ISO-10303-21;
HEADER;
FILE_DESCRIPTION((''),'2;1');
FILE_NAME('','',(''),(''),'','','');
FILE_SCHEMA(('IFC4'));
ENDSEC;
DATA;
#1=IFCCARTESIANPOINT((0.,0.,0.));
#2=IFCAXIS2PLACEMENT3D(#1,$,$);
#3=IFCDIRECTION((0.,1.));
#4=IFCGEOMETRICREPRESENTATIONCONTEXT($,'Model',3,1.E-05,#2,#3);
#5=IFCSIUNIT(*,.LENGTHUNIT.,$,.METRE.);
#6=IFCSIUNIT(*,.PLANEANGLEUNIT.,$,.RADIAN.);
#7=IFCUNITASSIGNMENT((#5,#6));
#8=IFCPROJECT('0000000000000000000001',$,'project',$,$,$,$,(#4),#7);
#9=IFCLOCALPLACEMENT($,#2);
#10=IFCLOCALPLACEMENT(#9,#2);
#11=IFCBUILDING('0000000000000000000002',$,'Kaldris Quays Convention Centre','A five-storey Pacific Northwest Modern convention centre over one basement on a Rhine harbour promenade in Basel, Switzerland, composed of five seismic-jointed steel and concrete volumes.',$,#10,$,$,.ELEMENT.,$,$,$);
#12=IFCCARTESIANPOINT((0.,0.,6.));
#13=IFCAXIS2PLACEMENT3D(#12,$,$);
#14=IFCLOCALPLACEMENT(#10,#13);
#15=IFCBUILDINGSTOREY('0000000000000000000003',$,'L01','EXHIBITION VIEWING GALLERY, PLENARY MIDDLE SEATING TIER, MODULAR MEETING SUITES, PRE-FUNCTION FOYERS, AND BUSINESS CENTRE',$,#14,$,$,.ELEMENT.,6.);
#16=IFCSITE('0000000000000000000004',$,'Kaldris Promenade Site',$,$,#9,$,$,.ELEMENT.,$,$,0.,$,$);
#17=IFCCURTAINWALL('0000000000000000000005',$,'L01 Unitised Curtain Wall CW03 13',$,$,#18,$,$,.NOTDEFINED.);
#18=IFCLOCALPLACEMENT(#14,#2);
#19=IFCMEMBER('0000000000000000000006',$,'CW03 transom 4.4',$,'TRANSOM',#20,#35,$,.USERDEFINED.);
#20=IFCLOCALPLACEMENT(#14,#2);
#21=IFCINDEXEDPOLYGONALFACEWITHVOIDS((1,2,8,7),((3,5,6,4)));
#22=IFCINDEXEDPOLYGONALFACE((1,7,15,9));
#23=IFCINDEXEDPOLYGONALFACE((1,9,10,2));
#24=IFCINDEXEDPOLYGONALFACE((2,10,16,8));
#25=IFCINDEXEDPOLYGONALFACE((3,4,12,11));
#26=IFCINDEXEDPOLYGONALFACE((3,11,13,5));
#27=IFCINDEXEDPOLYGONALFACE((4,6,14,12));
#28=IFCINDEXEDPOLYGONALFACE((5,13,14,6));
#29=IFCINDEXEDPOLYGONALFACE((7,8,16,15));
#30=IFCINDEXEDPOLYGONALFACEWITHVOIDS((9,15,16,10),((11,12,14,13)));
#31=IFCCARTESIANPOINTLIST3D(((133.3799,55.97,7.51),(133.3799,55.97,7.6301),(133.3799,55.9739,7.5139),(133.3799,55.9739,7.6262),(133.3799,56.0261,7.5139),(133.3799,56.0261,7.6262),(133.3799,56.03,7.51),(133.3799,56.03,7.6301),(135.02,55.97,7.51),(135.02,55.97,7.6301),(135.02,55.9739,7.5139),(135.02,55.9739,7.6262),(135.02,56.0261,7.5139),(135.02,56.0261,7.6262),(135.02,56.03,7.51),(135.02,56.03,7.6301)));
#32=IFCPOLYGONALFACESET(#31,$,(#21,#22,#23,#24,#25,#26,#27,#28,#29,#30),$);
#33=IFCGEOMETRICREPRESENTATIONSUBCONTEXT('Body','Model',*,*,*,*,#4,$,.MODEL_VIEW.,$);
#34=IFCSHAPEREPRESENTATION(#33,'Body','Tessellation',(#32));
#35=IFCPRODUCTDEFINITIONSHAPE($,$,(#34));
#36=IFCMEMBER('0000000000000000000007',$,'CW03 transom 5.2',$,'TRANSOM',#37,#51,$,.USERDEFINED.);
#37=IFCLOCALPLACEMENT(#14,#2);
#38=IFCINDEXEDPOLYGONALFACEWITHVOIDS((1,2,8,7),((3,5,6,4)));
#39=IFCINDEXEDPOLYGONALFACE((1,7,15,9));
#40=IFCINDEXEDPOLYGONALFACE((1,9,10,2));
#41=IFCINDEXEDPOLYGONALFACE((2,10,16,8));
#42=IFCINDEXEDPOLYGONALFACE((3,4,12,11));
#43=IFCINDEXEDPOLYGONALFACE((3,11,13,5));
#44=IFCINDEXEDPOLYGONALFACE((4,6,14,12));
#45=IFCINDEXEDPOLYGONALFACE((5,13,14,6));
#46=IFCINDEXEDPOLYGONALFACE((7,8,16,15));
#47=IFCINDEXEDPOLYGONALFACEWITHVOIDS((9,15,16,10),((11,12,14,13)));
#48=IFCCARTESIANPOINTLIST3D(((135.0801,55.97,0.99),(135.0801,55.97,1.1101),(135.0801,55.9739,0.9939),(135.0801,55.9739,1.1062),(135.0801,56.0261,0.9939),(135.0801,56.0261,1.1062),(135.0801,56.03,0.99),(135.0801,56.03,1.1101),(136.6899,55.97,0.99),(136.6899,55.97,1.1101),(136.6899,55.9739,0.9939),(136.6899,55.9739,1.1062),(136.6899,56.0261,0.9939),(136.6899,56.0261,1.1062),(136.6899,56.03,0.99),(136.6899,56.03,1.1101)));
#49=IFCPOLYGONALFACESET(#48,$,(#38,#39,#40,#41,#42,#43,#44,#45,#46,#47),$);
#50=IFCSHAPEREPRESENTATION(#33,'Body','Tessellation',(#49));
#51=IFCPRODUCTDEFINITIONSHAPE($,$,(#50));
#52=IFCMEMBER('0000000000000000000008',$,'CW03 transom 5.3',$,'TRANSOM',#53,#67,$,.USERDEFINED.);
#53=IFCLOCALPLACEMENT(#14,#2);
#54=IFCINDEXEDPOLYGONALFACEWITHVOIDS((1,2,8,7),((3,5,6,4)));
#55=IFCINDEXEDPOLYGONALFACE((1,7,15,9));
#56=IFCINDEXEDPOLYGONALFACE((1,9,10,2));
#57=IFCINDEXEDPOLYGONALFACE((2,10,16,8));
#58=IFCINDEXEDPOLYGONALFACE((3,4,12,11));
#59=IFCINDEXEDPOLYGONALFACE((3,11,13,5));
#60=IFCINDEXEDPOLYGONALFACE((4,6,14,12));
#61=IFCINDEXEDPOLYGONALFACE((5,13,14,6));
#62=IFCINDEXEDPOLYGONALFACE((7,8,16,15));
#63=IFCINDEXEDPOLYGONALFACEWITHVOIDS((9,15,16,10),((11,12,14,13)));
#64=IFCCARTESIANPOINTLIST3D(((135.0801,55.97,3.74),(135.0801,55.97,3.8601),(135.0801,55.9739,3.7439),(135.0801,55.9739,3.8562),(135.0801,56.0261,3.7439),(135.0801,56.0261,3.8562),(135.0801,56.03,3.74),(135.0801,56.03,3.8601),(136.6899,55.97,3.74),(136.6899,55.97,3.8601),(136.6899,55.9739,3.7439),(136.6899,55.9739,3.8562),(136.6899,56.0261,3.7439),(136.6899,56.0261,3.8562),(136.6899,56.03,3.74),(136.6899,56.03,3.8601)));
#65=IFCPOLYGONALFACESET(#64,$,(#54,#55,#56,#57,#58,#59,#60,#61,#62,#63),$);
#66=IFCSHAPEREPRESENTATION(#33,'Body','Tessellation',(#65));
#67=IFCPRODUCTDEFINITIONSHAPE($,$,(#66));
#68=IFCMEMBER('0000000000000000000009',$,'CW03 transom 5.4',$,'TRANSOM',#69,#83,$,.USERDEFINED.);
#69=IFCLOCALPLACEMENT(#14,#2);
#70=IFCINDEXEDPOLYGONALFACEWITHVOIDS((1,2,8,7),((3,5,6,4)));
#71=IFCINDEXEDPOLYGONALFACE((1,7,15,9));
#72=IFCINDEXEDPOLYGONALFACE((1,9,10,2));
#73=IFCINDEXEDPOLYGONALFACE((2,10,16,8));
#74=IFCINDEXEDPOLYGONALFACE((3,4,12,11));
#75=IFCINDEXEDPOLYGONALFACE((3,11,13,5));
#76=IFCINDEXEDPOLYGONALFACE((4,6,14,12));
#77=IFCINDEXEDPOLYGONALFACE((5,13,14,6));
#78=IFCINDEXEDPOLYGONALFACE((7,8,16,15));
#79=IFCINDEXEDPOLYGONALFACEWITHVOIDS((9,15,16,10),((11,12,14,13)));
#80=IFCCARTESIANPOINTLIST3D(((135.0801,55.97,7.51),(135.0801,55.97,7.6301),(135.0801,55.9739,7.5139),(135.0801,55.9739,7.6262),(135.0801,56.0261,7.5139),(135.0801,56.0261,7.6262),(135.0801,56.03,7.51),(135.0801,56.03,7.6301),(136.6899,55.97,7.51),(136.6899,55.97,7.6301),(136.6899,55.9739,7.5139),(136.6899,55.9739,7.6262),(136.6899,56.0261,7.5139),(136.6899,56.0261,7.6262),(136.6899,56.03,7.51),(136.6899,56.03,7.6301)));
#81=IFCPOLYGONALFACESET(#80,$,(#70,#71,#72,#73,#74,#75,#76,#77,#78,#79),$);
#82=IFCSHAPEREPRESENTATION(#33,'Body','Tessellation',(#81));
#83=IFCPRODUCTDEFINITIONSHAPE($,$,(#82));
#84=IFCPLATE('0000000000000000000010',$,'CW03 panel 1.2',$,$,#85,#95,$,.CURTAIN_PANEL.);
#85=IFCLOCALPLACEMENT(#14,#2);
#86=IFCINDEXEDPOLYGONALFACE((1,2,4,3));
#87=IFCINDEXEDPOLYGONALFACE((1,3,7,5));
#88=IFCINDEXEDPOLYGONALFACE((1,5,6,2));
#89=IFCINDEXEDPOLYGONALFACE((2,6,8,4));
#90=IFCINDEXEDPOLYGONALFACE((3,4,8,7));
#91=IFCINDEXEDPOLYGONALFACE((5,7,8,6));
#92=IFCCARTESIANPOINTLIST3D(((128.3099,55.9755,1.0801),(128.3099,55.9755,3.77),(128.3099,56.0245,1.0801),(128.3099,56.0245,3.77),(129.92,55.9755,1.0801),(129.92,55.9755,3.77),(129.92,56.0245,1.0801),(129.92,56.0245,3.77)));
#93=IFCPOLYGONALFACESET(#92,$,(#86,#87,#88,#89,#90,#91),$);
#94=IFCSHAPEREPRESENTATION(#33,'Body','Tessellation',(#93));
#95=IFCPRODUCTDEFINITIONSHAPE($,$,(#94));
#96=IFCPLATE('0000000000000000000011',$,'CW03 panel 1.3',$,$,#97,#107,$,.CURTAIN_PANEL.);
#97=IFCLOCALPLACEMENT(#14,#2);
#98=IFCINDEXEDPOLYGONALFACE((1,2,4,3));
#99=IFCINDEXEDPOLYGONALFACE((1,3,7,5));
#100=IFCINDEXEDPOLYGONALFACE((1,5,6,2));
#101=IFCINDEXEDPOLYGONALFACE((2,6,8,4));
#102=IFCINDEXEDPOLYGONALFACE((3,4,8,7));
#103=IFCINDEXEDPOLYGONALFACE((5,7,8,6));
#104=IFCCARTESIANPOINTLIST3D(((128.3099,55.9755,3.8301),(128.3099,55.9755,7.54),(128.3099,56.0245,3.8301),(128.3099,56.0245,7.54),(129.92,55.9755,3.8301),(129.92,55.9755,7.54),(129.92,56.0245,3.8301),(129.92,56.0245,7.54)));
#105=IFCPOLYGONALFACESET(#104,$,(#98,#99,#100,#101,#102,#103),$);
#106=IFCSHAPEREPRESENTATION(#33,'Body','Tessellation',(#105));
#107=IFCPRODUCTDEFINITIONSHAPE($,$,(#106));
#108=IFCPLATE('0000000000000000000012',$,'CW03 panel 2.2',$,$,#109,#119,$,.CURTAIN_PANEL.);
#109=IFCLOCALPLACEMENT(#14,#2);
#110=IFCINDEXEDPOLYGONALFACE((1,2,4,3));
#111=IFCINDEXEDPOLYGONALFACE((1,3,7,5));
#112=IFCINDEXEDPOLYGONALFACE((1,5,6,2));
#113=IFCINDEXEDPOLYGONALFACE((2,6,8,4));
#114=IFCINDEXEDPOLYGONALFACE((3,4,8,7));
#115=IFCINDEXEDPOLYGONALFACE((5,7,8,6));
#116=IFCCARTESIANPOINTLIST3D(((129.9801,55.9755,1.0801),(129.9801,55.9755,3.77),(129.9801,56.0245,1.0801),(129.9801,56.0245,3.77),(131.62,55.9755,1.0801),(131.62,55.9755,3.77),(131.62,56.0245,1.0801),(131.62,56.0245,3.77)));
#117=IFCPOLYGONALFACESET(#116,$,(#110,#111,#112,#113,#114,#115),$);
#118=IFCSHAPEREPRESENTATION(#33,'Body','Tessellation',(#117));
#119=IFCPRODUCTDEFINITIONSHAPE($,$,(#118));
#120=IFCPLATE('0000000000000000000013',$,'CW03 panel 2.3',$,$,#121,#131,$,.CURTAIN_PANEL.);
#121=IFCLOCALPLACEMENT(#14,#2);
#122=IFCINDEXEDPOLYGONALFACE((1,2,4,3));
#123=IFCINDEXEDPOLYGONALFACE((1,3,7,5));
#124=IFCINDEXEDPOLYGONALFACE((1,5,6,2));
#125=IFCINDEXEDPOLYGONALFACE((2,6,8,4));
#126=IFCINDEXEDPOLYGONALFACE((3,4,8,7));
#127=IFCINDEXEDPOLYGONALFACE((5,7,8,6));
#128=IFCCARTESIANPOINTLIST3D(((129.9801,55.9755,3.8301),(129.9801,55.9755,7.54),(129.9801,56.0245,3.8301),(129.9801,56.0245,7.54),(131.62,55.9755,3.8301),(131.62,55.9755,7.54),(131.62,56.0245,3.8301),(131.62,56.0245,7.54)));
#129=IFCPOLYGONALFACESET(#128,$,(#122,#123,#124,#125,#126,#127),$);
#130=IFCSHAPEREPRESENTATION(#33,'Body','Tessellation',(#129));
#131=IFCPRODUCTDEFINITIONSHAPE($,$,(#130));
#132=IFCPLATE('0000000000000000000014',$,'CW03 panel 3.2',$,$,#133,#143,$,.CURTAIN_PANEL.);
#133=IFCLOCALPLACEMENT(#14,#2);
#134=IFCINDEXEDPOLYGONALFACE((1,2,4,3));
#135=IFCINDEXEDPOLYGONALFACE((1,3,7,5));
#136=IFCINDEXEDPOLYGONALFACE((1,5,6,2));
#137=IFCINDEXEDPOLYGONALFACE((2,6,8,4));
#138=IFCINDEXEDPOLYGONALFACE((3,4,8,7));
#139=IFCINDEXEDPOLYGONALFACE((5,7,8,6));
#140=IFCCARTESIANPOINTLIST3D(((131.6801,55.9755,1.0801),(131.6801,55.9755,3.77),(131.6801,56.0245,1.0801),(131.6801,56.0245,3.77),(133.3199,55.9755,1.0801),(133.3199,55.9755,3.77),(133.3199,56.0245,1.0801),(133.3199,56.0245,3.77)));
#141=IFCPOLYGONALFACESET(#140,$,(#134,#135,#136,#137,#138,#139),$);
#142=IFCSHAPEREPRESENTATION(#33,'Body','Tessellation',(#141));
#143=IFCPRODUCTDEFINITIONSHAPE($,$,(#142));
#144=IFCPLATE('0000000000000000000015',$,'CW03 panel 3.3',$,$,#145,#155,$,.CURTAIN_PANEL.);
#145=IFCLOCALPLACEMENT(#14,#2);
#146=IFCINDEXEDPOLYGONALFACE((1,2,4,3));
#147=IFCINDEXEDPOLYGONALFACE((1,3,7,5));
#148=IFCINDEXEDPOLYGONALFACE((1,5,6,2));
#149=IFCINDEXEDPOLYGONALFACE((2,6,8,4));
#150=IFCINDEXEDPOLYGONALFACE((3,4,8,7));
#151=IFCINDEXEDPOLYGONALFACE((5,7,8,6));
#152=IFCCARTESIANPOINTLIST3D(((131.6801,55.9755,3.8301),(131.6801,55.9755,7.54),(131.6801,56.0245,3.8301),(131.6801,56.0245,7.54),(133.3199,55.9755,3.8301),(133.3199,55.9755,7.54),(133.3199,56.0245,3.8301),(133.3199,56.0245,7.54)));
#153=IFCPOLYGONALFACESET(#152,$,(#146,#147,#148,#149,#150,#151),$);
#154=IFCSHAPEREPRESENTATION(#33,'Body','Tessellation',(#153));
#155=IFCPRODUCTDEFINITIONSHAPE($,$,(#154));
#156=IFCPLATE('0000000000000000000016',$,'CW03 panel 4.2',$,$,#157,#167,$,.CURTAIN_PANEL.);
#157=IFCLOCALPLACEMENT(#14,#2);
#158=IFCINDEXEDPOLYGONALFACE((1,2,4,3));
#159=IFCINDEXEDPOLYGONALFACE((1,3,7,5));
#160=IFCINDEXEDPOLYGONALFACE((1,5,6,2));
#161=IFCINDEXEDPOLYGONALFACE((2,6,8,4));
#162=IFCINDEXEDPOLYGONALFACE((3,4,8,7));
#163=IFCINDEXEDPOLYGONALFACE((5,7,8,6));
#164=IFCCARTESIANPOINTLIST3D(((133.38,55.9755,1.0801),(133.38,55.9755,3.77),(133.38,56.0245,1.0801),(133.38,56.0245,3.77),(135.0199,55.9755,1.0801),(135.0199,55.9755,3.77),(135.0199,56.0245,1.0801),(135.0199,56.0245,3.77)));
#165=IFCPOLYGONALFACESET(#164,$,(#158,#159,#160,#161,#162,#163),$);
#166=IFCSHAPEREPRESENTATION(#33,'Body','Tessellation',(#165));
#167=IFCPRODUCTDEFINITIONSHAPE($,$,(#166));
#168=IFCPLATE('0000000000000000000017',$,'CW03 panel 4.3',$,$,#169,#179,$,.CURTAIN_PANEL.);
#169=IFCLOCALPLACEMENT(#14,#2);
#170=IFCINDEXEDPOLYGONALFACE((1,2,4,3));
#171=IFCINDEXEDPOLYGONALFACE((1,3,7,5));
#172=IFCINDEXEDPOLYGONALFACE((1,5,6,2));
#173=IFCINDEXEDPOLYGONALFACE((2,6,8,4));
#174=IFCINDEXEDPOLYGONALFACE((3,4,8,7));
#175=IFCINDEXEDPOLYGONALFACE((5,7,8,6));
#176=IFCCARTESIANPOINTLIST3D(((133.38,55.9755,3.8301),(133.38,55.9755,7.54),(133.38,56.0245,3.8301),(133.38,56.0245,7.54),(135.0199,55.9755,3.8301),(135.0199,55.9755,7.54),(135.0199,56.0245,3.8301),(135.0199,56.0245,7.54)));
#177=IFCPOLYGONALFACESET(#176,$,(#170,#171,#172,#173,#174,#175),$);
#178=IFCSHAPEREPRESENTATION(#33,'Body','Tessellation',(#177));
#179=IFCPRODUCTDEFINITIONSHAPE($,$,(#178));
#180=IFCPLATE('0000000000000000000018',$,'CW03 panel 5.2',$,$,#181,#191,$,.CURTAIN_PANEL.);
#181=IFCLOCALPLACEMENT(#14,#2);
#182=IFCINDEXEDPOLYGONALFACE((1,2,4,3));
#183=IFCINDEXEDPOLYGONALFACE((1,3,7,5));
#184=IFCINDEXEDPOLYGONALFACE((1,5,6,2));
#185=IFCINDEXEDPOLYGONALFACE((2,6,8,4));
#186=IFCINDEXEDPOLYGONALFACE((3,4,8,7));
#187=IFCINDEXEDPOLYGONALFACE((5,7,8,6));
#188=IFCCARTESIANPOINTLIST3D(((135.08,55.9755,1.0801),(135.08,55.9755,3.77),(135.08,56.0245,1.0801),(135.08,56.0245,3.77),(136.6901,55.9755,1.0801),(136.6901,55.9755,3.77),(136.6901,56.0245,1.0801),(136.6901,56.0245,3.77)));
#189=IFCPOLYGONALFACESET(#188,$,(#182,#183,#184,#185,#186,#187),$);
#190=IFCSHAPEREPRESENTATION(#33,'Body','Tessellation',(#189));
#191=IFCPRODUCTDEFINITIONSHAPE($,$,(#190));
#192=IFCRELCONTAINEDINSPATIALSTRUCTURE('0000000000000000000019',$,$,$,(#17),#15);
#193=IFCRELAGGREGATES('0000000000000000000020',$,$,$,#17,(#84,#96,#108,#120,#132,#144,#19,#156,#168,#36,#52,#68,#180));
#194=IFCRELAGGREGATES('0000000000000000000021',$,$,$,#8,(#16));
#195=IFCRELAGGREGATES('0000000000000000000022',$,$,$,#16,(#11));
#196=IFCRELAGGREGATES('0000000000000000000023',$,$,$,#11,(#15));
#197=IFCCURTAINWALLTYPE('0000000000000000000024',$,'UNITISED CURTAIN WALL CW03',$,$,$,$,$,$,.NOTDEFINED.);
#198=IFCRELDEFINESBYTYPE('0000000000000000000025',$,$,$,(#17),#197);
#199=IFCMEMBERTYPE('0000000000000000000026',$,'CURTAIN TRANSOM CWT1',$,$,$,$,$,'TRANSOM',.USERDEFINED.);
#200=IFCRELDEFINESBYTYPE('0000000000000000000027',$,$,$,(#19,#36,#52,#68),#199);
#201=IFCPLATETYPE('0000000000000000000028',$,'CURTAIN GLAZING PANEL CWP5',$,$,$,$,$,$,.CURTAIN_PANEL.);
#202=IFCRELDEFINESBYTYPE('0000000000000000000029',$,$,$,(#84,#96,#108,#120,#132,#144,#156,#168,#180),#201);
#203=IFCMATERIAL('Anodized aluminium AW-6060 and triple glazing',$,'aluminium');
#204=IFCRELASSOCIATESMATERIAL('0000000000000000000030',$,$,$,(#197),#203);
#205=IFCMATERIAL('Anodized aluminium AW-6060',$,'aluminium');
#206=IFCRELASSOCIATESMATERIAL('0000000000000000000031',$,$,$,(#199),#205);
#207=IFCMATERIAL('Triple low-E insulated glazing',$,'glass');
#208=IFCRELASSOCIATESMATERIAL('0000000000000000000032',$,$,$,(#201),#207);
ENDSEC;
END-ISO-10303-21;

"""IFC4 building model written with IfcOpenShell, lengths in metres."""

from ifc_helpers import new_model, si_unit, direction, frame, origin, origin_2d, place, context, subcontext, project, spatial, rectangle, hollow_rectangle, extrude, material, material_profile, profile_set, type_object, element, aggregate, save


model = new_model("IFC4")

# Units and contexts
model_context = context("Model", 3, precision=1e-05, world=origin(), true_north=direction((0.0, 1.0)))
body_context = subcontext(model_context, "Body", "Model", "MODEL_VIEW")
ifc_project = project(units=[si_unit("LENGTHUNIT", "METRE"), si_unit("PLANEANGLEUNIT", "RADIAN")], contexts=[model_context])

# Site, building, storey
site_placement = place(None, origin())
site = spatial("IfcSite", under=ifc_project, at=site_placement, Name="Kaldris Promenade Site", CompositionType="ELEMENT", RefElevation=0.0)
building_placement = place(site_placement, origin())
building = spatial("IfcBuilding", under=site, at=building_placement, Name="Kaldris Quays Convention Centre", Description="A five-storey Pacific Northwest Modern convention centre over one basement on a Rhine harbour promenade in Basel, Switzerland, composed of five seismic-jointed steel and concrete volumes.", CompositionType="ELEMENT")
storey_placement = place(building_placement, frame((0.0, 0.0, 6.0)))
storey = spatial("IfcBuildingStorey", under=building, at=storey_placement, Name="L01", Description="EXHIBITION VIEWING GALLERY, PLENARY MIDDLE SEATING TIER, MODULAR MEETING SUITES, PRE-FUNCTION FOYERS, AND BUSINESS CENTRE", CompositionType="ELEMENT", Elevation=6.0)

# Curtain wall, members, plates
ifc_material_1 = material(Name="Anodized aluminium AW-6060 and triple glazing", Category="aluminium")
curtain_wall_type = type_object("IfcCurtainWallType", Name="UNITISED CURTAIN WALL CW03", PredefinedType="NOTDEFINED", material=ifc_material_1)
curtain_wall_placement = place(storey_placement, origin())
curtain_wall = element("IfcCurtainWall", 1, at=curtain_wall_placement, inside=storey, type_object=curtain_wall_type, Name="L01 Unitised Curtain Wall CW03 13", PredefinedType="NOTDEFINED")
ifc_material_2 = material(Name="Anodized aluminium AW-6060", Category="aluminium")
ifc_material_profile = material_profile(ifc_material_2, hollow_rectangle(XDim=0.0601, YDim=0.1201, WallThickness=0.0039, at=origin_2d()), Name="RHS 120x60x4")
ifc_profile_set = profile_set([ifc_material_profile], Name="Anodized aluminium AW-6060")
member_type = type_object("IfcMemberType", Name="CURTAIN TRANSOM CWT1", ElementType="TRANSOM", PredefinedType="USERDEFINED", material=ifc_profile_set)
member_1_placement = place(storey_placement, frame((133.3799, 56.0, 7.5701), z_axis=(1.0, 0.0, 0.0), x_axis=(0.0, 1.0, 0.0)))
member_1 = element("IfcMember", 2, at=member_1_placement, type_object=member_type, Name="CW03 transom 4.4", ObjectType="TRANSOM", PredefinedType="USERDEFINED", context=body_context, shape_type="SweptSolid", body=[
    extrude(hollow_rectangle(XDim=0.0601, YDim=0.1201, WallThickness=0.0039, at=origin_2d()), origin(), (0.0, 0.0, 1.0), 1.6401),
])
member_2_placement = place(storey_placement, frame((135.0801, 56.0, 1.05), z_axis=(1.0, 0.0, 0.0), x_axis=(0.0, 1.0, 0.0)))
member_2 = element("IfcMember", 3, at=member_2_placement, type_object=member_type, Name="CW03 transom 5.2", ObjectType="TRANSOM", PredefinedType="USERDEFINED", context=body_context, shape_type="SweptSolid", body=[
    extrude(hollow_rectangle(XDim=0.0601, YDim=0.1201, WallThickness=0.0039, at=origin_2d()), origin(), (0.0, 0.0, 1.0), 1.6099),
])
member_3_placement = place(storey_placement, frame((135.0801, 56.0, 3.8), z_axis=(1.0, 0.0, 0.0), x_axis=(0.0, 1.0, 0.0)))
member_3 = element("IfcMember", 4, at=member_3_placement, type_object=member_type, Name="CW03 transom 5.3", ObjectType="TRANSOM", PredefinedType="USERDEFINED", context=body_context, shape_type="SweptSolid", body=[
    extrude(hollow_rectangle(XDim=0.0601, YDim=0.1201, WallThickness=0.0039, at=origin_2d()), origin(), (0.0, 0.0, 1.0), 1.6099),
])
member_4_placement = place(storey_placement, frame((135.0801, 56.0, 7.5701), z_axis=(1.0, 0.0, 0.0), x_axis=(0.0, 1.0, 0.0)))
member_4 = element("IfcMember", 5, at=member_4_placement, type_object=member_type, Name="CW03 transom 5.4", ObjectType="TRANSOM", PredefinedType="USERDEFINED", context=body_context, shape_type="SweptSolid", body=[
    extrude(hollow_rectangle(XDim=0.0601, YDim=0.1201, WallThickness=0.0039, at=origin_2d()), origin(), (0.0, 0.0, 1.0), 1.6099),
])
ifc_material_3 = material(Name="Triple low-E insulated glazing", Category="glass")
plate_type = type_object("IfcPlateType", Name="CURTAIN GLAZING PANEL CWP5", PredefinedType="CURTAIN_PANEL", material=ifc_material_3)
plate_1_placement = place(storey_placement, frame((129.115, 56.0, 1.0801), z_axis=(0.0, 0.0, 1.0), x_axis=(1.0, 0.0, 0.0)))
plate_1 = element("IfcPlate", 6, at=plate_1_placement, type_object=plate_type, Name="CW03 panel 1.2", PredefinedType="CURTAIN_PANEL", context=body_context, shape_type="SweptSolid", body=[
    extrude(rectangle(XDim=1.6101, YDim=0.0491, at=origin_2d()), origin(), (0.0, 0.0, 1.0), 2.6899),
])
plate_2_placement = place(storey_placement, frame((129.115, 56.0, 3.8301), z_axis=(0.0, 0.0, 1.0), x_axis=(1.0, 0.0, 0.0)))
plate_2 = element("IfcPlate", 7, at=plate_2_placement, type_object=plate_type, Name="CW03 panel 1.3", PredefinedType="CURTAIN_PANEL", context=body_context, shape_type="SweptSolid", body=[
    extrude(rectangle(XDim=1.6101, YDim=0.0491, at=origin_2d()), origin(), (0.0, 0.0, 1.0), 3.71),
])
plate_3_placement = place(storey_placement, frame((130.8, 56.0, 1.0801), z_axis=(0.0, 0.0, 1.0), x_axis=(1.0, 0.0, 0.0)))
plate_3 = element("IfcPlate", 8, at=plate_3_placement, type_object=plate_type, Name="CW03 panel 2.2", PredefinedType="CURTAIN_PANEL", context=body_context, shape_type="SweptSolid", body=[
    extrude(rectangle(XDim=1.6399, YDim=0.0491, at=origin_2d()), origin(), (0.0, 0.0, 1.0), 2.6899),
])
plate_4_placement = place(storey_placement, frame((130.8, 56.0, 3.8301), z_axis=(0.0, 0.0, 1.0), x_axis=(1.0, 0.0, 0.0)))
plate_4 = element("IfcPlate", 9, at=plate_4_placement, type_object=plate_type, Name="CW03 panel 2.3", PredefinedType="CURTAIN_PANEL", context=body_context, shape_type="SweptSolid", body=[
    extrude(rectangle(XDim=1.6399, YDim=0.0491, at=origin_2d()), origin(), (0.0, 0.0, 1.0), 3.71),
])
plate_5_placement = place(storey_placement, frame((132.5, 56.0, 1.0801), z_axis=(0.0, 0.0, 1.0), x_axis=(1.0, 0.0, 0.0)))
plate_5 = element("IfcPlate", 10, at=plate_5_placement, type_object=plate_type, Name="CW03 panel 3.2", PredefinedType="CURTAIN_PANEL", context=body_context, shape_type="SweptSolid", body=[
    extrude(rectangle(XDim=1.6399, YDim=0.0491, at=origin_2d()), origin(), (0.0, 0.0, 1.0), 2.6899),
])
plate_6_placement = place(storey_placement, frame((132.5, 56.0, 3.8301), z_axis=(0.0, 0.0, 1.0), x_axis=(1.0, 0.0, 0.0)))
plate_6 = element("IfcPlate", 11, at=plate_6_placement, type_object=plate_type, Name="CW03 panel 3.3", PredefinedType="CURTAIN_PANEL", context=body_context, shape_type="SweptSolid", body=[
    extrude(rectangle(XDim=1.6399, YDim=0.0491, at=origin_2d()), origin(), (0.0, 0.0, 1.0), 3.71),
])
plate_7_placement = place(storey_placement, frame((134.2, 56.0, 1.0801), z_axis=(0.0, 0.0, 1.0), x_axis=(1.0, 0.0, 0.0)))
plate_7 = element("IfcPlate", 12, at=plate_7_placement, type_object=plate_type, Name="CW03 panel 4.2", PredefinedType="CURTAIN_PANEL", context=body_context, shape_type="SweptSolid", body=[
    extrude(rectangle(XDim=1.6399, YDim=0.0491, at=origin_2d()), origin(), (0.0, 0.0, 1.0), 2.6899),
])
plate_8_placement = place(storey_placement, frame((134.2, 56.0, 3.8301), z_axis=(0.0, 0.0, 1.0), x_axis=(1.0, 0.0, 0.0)))
plate_8 = element("IfcPlate", 13, at=plate_8_placement, type_object=plate_type, Name="CW03 panel 4.3", PredefinedType="CURTAIN_PANEL", context=body_context, shape_type="SweptSolid", body=[
    extrude(rectangle(XDim=1.6399, YDim=0.0491, at=origin_2d()), origin(), (0.0, 0.0, 1.0), 3.71),
])
plate_9_placement = place(storey_placement, frame((135.885, 56.0, 1.0801), z_axis=(0.0, 0.0, 1.0), x_axis=(1.0, 0.0, 0.0)))
plate_9 = element("IfcPlate", 14, at=plate_9_placement, type_object=plate_type, Name="CW03 panel 5.2", PredefinedType="CURTAIN_PANEL", context=body_context, shape_type="SweptSolid", body=[
    extrude(rectangle(XDim=1.6101, YDim=0.0491, at=origin_2d()), origin(), (0.0, 0.0, 1.0), 2.6899),
])
aggregate(curtain_wall, [plate_1, plate_2, plate_3, plate_4, plate_5, plate_6, member_1, plate_7, plate_8, member_2, member_3, member_4, plate_9])

save(model, "model.ifc")
